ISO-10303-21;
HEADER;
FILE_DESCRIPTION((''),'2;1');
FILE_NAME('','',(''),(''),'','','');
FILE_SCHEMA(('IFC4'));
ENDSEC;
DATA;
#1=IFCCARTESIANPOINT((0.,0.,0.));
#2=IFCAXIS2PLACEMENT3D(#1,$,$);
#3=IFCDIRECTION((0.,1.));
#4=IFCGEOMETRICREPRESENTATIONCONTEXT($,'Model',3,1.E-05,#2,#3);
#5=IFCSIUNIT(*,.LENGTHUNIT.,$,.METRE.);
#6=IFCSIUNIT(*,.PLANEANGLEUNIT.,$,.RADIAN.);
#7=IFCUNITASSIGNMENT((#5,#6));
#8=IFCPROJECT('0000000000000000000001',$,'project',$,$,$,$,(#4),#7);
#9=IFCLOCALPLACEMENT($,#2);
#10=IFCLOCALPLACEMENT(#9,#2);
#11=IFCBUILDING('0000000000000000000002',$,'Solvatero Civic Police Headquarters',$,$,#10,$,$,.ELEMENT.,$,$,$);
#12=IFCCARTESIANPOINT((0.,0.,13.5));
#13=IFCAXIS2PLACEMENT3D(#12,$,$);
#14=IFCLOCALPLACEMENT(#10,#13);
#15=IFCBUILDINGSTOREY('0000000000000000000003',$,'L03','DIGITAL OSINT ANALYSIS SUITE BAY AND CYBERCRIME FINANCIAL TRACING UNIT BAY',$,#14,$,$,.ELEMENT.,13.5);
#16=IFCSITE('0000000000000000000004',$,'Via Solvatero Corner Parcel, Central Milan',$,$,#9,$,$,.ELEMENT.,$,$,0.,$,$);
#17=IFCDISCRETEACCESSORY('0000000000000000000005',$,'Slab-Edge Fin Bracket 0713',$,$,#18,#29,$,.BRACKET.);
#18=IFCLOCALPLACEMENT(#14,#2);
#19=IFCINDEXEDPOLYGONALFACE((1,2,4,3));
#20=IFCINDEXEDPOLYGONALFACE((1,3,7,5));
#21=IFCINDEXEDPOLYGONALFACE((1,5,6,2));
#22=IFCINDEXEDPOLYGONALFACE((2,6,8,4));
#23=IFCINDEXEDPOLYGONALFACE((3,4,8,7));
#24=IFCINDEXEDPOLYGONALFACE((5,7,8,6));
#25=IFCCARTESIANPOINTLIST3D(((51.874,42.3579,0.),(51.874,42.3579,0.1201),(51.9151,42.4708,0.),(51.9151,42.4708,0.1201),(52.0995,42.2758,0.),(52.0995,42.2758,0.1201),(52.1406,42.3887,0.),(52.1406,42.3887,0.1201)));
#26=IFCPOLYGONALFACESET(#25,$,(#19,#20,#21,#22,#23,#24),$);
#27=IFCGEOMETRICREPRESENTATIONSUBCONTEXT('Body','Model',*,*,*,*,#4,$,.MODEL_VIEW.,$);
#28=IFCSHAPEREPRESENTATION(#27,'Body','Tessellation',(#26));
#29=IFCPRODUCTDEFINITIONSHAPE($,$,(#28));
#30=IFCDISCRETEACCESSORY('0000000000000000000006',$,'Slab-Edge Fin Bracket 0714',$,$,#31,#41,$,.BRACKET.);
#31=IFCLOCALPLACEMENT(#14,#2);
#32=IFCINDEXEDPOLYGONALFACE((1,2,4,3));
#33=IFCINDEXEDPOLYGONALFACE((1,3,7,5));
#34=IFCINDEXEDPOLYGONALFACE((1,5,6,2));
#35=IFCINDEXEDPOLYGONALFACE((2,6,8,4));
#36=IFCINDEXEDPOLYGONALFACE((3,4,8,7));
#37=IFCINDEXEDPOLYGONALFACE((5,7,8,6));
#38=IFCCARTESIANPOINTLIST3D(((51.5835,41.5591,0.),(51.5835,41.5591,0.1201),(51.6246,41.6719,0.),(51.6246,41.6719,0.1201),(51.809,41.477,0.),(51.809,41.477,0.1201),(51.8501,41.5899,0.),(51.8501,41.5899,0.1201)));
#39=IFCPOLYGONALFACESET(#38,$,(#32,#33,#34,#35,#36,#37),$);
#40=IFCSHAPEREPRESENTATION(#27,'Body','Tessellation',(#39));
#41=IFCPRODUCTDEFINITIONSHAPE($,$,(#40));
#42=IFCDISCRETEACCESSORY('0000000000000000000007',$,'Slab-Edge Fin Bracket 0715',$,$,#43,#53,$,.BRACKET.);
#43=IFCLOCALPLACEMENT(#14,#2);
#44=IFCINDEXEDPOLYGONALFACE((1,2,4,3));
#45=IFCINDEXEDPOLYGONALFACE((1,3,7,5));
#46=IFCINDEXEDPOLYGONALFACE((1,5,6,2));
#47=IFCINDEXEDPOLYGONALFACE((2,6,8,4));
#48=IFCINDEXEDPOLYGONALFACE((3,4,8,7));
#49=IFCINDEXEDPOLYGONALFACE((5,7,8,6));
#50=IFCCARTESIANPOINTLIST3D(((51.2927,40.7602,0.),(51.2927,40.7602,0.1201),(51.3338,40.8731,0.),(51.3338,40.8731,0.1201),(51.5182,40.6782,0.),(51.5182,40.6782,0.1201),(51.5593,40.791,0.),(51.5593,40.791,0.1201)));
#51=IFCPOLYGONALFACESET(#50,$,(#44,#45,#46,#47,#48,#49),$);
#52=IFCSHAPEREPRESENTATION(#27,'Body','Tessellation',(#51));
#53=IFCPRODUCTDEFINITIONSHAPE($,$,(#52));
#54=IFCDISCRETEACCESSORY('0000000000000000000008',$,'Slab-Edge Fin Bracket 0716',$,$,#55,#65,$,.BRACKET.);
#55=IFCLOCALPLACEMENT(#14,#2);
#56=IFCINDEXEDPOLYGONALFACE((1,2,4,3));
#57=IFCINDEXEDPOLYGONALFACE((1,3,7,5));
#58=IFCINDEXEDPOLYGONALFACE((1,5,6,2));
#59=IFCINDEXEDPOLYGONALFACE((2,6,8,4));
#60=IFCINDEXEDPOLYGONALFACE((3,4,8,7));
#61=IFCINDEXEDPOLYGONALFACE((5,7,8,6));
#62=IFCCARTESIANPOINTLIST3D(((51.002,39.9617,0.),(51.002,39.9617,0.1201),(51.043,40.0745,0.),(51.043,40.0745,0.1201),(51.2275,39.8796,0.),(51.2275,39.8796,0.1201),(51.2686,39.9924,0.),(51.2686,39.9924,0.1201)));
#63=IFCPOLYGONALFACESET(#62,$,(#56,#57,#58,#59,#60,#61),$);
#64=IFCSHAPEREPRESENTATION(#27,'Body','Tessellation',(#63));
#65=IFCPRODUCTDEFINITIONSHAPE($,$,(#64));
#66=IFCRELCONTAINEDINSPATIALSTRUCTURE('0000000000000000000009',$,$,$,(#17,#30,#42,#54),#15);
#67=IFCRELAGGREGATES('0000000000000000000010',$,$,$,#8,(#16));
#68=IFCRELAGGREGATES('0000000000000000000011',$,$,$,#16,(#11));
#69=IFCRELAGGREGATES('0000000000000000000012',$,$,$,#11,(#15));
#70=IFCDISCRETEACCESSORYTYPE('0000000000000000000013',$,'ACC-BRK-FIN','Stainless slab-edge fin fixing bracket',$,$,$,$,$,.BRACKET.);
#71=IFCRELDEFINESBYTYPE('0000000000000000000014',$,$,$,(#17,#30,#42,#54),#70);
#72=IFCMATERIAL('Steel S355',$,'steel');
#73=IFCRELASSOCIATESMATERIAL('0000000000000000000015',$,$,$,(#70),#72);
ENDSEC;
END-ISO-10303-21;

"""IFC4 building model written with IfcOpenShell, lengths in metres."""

from ifc_helpers import new_model, si_unit, direction, frame, origin, origin_2d, place, context, subcontext, project, spatial, rectangle, extrude, material, type_object, element, save


model = new_model("IFC4")

# Units and contexts
model_context = context("Model", 3, precision=1e-05, world=origin(), true_north=direction((0.0, 1.0)))
body_context = subcontext(model_context, "Body", "Model", "MODEL_VIEW")
ifc_project = project(units=[si_unit("LENGTHUNIT", "METRE"), si_unit("PLANEANGLEUNIT", "RADIAN")], contexts=[model_context])

# Site, building, storey
site_placement = place(None, origin())
site = spatial("IfcSite", under=ifc_project, at=site_placement, Name="Via Solvatero Corner Parcel, Central Milan", CompositionType="ELEMENT", RefElevation=0.0)
building_placement = place(site_placement, origin())
building = spatial("IfcBuilding", under=site, at=building_placement, Name="Solvatero Civic Police Headquarters", CompositionType="ELEMENT")
storey_placement = place(building_placement, frame((0.0, 0.0, 13.5)))
storey = spatial("IfcBuildingStorey", under=building, at=storey_placement, Name="L03", Description="DIGITAL OSINT ANALYSIS SUITE BAY AND CYBERCRIME FINANCIAL TRACING UNIT BAY", CompositionType="ELEMENT", Elevation=13.5)

# Shared definitions
ifc_material_1 = material(Name="Steel S355", Category="steel")

# Discrete accessories
discrete_accessory_type = type_object("IfcDiscreteAccessoryType", Name="ACC-BRK-FIN", Description="Stainless slab-edge fin fixing bracket", PredefinedType="BRACKET", material=ifc_material_1)
for number, where, z_axis, x_axis, name in (
    (1, (52.0073, 42.3733, 0.0), (0.0, 0.0, 1.0), (-0.34202, -0.939693, 0.0), "Slab-Edge Fin Bracket 0713"),
    (2, (51.7168, 41.5745, 0.0), (0.0, 0.0, 1.0), (-0.34202, -0.939693, 0.0), "Slab-Edge Fin Bracket 0714"),
    (3, (51.426, 40.7756, 0.0), (0.0, 0.0, 1.0), (-0.34202, -0.939693, 0.0), "Slab-Edge Fin Bracket 0715"),
    (4, (51.1353, 39.9771, 0.0), (0.0, 0.0, 1.0), (-0.34202, -0.939693, 0.0), "Slab-Edge Fin Bracket 0716"),
):
    element("IfcDiscreteAccessory", number, at=place(storey_placement, frame(where, z_axis=z_axis, x_axis=x_axis)), inside=storey, type_object=discrete_accessory_type, Name=name, PredefinedType="BRACKET", context=body_context, shape_type="SweptSolid", body=[
        extrude(rectangle(XDim=0.1201, YDim=0.24, at=origin_2d()), origin(), (0.0, 0.0, 1.0), 0.1201),
    ])

save(model, "model.ifc")
